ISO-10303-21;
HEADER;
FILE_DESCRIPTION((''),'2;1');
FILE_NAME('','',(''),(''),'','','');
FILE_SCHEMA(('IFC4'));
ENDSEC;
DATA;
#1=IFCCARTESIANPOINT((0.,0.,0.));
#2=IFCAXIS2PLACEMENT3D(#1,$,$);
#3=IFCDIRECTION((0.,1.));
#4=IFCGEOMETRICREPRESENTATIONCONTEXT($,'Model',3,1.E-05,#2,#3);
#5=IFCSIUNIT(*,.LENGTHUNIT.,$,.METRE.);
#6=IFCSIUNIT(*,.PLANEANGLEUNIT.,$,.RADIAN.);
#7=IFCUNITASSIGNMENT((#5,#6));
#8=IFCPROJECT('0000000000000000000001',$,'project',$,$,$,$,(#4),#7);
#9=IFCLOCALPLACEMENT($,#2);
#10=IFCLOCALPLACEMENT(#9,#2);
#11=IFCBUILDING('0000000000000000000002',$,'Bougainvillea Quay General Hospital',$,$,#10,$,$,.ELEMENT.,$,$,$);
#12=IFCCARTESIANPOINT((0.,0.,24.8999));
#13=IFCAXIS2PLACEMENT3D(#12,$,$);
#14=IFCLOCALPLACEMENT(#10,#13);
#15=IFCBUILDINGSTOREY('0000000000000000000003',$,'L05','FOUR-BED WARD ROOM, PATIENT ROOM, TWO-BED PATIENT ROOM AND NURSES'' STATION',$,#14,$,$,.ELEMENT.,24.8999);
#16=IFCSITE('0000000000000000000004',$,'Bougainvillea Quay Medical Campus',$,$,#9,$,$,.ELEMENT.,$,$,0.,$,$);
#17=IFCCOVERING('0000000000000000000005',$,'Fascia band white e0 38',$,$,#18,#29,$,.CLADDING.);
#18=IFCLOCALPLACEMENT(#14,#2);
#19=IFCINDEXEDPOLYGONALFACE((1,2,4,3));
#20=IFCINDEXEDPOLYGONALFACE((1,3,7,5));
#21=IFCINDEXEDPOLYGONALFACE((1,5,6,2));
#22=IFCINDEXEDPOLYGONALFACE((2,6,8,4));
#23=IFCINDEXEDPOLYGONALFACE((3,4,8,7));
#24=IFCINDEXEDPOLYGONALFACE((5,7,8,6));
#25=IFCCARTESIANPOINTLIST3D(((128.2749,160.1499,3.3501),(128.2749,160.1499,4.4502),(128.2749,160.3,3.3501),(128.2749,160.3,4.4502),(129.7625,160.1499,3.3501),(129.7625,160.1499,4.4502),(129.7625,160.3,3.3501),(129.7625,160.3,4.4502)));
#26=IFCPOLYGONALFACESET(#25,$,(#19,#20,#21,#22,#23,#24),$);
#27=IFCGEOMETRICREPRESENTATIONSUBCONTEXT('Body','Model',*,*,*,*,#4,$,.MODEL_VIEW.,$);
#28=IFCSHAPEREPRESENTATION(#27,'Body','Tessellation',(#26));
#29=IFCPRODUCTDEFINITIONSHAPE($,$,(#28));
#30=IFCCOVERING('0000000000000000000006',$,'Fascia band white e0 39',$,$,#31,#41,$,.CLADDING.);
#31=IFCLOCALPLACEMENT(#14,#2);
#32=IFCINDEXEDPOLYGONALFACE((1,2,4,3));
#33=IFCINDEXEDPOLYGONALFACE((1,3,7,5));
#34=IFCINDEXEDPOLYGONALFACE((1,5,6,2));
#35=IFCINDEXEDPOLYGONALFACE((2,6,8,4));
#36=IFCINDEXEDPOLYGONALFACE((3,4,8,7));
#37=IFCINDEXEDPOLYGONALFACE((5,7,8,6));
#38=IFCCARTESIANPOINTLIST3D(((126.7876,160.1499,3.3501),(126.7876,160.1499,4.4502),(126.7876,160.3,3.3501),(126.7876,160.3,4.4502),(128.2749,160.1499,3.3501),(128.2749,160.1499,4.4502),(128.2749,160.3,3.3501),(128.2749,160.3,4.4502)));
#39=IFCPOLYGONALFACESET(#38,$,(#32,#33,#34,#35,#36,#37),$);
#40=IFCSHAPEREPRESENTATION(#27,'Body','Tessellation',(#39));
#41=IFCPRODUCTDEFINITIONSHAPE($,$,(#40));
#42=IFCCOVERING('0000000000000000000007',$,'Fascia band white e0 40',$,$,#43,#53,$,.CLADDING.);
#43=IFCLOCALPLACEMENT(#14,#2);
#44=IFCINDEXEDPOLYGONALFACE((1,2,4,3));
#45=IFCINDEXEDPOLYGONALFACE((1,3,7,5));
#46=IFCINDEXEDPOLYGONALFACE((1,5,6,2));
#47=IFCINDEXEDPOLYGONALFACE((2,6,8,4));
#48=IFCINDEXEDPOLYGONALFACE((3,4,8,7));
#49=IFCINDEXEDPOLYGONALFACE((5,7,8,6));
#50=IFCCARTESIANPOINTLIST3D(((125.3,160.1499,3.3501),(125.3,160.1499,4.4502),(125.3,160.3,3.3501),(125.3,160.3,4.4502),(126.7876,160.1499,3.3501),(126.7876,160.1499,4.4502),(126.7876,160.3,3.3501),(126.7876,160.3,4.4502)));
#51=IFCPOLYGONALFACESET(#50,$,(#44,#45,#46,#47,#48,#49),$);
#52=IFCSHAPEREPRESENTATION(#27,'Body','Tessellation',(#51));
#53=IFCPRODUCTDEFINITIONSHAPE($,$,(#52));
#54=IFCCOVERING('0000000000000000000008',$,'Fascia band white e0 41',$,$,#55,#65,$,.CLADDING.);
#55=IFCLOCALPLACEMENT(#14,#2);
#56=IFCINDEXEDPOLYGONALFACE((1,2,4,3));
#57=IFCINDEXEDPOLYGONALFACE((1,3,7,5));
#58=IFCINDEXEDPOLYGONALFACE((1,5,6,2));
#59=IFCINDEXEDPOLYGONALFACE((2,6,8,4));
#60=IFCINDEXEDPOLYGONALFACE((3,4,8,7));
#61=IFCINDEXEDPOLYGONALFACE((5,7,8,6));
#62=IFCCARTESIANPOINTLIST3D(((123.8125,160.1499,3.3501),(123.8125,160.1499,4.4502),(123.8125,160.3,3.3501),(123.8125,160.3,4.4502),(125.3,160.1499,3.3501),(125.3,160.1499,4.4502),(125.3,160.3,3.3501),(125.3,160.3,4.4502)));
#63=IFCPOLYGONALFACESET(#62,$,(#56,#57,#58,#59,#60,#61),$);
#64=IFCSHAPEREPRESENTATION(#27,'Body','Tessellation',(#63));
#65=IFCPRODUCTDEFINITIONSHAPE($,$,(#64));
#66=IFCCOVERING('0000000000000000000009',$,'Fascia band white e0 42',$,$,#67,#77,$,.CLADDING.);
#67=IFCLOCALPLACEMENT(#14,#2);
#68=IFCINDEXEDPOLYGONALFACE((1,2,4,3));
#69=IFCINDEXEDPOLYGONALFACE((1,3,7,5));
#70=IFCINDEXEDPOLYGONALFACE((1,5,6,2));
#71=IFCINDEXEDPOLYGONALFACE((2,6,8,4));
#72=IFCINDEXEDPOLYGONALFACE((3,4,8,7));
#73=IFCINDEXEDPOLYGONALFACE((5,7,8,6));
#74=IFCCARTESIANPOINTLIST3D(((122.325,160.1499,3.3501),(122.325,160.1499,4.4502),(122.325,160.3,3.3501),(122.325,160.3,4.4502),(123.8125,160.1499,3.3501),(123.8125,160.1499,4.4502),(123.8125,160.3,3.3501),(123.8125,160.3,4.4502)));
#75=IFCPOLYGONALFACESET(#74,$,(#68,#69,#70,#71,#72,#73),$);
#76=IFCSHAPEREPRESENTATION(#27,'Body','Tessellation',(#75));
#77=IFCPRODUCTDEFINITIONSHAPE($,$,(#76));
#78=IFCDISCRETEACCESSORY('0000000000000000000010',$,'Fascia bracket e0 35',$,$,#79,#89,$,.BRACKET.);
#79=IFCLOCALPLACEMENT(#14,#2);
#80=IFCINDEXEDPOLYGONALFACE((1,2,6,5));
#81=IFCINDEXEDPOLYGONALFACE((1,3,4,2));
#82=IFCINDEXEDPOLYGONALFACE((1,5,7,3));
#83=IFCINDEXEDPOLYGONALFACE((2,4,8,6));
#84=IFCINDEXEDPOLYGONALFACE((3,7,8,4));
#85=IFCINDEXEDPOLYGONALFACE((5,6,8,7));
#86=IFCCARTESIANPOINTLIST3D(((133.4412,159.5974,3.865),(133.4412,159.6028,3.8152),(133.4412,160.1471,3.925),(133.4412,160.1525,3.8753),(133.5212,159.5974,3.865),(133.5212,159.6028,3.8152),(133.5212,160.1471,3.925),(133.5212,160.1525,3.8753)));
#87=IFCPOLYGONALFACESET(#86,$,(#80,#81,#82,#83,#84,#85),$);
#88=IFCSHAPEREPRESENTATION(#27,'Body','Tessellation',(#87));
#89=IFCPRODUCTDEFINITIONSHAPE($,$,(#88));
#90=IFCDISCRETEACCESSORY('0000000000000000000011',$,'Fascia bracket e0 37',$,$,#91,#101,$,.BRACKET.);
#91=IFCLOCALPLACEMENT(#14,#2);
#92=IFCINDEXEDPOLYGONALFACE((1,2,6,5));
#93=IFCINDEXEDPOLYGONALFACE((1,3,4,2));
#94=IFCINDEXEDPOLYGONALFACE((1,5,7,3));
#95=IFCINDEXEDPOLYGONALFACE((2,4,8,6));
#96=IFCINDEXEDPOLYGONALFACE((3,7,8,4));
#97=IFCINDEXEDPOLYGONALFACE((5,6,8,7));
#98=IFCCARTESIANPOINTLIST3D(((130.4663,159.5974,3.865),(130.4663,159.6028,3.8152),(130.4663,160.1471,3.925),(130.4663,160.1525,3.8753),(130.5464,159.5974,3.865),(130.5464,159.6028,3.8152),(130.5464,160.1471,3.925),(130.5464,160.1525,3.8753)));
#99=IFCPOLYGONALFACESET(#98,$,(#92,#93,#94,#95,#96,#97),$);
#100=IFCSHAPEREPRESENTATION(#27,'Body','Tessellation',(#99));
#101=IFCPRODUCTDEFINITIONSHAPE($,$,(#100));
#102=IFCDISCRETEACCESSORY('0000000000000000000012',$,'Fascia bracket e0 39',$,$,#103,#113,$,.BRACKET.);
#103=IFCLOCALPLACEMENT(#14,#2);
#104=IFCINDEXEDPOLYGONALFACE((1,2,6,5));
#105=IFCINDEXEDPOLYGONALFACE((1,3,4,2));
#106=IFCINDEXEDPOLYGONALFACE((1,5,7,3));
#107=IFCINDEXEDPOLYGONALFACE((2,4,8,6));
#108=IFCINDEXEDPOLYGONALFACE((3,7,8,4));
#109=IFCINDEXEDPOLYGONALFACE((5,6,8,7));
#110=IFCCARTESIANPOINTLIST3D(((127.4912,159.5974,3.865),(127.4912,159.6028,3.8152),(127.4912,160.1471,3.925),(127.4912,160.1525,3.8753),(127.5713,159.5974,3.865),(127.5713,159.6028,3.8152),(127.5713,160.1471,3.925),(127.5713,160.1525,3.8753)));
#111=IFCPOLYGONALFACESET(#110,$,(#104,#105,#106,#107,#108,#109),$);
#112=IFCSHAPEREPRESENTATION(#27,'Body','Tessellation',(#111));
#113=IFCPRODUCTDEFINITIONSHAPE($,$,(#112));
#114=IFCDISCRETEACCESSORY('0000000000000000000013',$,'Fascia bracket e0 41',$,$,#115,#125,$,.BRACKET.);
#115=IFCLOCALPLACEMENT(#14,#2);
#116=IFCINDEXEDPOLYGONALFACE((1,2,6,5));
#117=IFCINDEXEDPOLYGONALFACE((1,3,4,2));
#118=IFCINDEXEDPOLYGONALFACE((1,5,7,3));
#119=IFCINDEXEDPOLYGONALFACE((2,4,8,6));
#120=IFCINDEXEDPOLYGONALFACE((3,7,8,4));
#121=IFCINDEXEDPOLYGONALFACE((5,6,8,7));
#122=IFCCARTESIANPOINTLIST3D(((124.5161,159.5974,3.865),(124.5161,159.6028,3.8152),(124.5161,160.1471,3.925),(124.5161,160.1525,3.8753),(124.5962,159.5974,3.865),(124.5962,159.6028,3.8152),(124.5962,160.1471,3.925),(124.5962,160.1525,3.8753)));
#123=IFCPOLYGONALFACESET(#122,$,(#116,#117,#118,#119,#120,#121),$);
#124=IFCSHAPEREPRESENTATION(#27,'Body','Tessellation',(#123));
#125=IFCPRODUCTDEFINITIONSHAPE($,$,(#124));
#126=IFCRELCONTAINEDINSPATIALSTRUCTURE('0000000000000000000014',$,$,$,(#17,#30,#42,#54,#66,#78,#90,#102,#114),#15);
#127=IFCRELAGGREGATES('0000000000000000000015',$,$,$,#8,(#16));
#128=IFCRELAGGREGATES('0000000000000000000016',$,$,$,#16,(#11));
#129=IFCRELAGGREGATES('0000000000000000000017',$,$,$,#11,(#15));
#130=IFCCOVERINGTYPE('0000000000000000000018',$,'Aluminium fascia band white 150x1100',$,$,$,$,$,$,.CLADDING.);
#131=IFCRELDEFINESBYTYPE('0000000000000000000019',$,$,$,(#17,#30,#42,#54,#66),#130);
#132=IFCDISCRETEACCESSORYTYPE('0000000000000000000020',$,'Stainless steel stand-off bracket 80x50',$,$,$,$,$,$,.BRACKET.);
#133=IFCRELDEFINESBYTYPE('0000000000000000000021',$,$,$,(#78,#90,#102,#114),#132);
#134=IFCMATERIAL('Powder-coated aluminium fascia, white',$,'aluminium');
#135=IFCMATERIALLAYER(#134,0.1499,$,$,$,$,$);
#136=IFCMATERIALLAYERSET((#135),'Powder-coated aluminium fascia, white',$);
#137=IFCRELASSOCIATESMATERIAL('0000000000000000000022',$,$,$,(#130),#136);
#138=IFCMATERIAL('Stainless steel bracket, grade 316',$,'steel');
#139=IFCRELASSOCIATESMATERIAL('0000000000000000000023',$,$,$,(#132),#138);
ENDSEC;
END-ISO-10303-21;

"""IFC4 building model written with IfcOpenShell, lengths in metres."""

from ifc_helpers import new_model, si_unit, direction, frame, origin, origin_2d, place, context, subcontext, project, spatial, polyline, rectangle, outline, extrude, material, layer, layer_set, material_profile, profile_set, type_object, element, save


model = new_model("IFC4")

# Units and contexts
model_context = context("Model", 3, precision=1e-05, world=origin(), true_north=direction((0.0, 1.0)))
body_context = subcontext(model_context, "Body", "Model", "MODEL_VIEW")
ifc_project = project(units=[si_unit("LENGTHUNIT", "METRE"), si_unit("PLANEANGLEUNIT", "RADIAN")], contexts=[model_context])

# Site, building, storey
site_placement = place(None, origin())
site = spatial("IfcSite", under=ifc_project, at=site_placement, Name="Bougainvillea Quay Medical Campus", CompositionType="ELEMENT", RefElevation=0.0)
building_placement = place(site_placement, origin())
building = spatial("IfcBuilding", under=site, at=building_placement, Name="Bougainvillea Quay General Hospital", CompositionType="ELEMENT")
storey_placement = place(building_placement, frame((0.0, 0.0, 24.8999)))
storey = spatial("IfcBuildingStorey", under=building, at=storey_placement, Name="L05", Description="FOUR-BED WARD ROOM, PATIENT ROOM, TWO-BED PATIENT ROOM AND NURSES' STATION", CompositionType="ELEMENT", Elevation=24.8999)

# Coverings
ifc_material_1 = material(Name="Powder-coated aluminium fascia, white", Category="aluminium")
ifc_layer_1 = layer(ifc_material_1, 0.1499)
ifc_layer_set_1 = layer_set([ifc_layer_1], Name="Powder-coated aluminium fascia, white")
covering_type = type_object("IfcCoveringType", Name="Aluminium fascia band white 150x1100", PredefinedType="CLADDING", material=ifc_layer_set_1)
for number, where, z_axis, x_axis, name in (
    (1, (129.7625, 160.1499, 3.3501), (0.0, 0.0, 1.0), (-1.0, 0.0, 0.0), "Fascia band white e0 38"),
):
    element("IfcCovering", number, at=place(storey_placement, frame(where, z_axis=z_axis, x_axis=x_axis)), inside=storey, type_object=covering_type, Name=name, PredefinedType="CLADDING", context=body_context, shape_type="SweptSolid", body=[
        extrude(outline(polyline([(0.0, 0.0), (1.4875, 0.0), (1.4875, -0.1501), (0.0, -0.1501), (0.0, 0.0)])), origin(), (0.0, 0.0, 1.0), 1.1001),
    ])
covering_placement = place(storey_placement, frame((128.2749, 160.1499, 3.3501), z_axis=(0.0, 0.0, 1.0), x_axis=(-1.0, 0.0, 0.0)))
element("IfcCovering", 2, at=covering_placement, inside=storey, type_object=covering_type, Name="Fascia band white e0 39", PredefinedType="CLADDING", context=body_context, shape_type="SweptSolid", body=[
    extrude(outline(polyline([(0.0, 0.0), (1.4873, 0.0), (1.4873, -0.1501), (0.0, -0.1501), (0.0, 0.0)])), origin(), (0.0, 0.0, 1.0), 1.1001),
])
for number, where, z_axis, x_axis, name in (
    (3, (126.7876, 160.1499, 3.3501), (0.0, 0.0, 1.0), (-1.0, 0.0, 0.0), "Fascia band white e0 40"),
    (4, (125.3, 160.1499, 3.3501), (0.0, 0.0, 1.0), (-1.0, 0.0, 0.0), "Fascia band white e0 41"),
    (5, (123.8125, 160.1499, 3.3501), (0.0, 0.0, 1.0), (-1.0, 0.0, 0.0), "Fascia band white e0 42"),
):
    element("IfcCovering", number, at=place(storey_placement, frame(where, z_axis=z_axis, x_axis=x_axis)), inside=storey, type_object=covering_type, Name=name, PredefinedType="CLADDING", context=body_context, shape_type="SweptSolid", body=[
        extrude(outline(polyline([(0.0, 0.0), (1.4875, 0.0), (1.4875, -0.1501), (0.0, -0.1501), (0.0, 0.0)])), origin(), (0.0, 0.0, 1.0), 1.1001),
    ])

# Discrete accessories
ifc_material_2 = material(Name="Stainless steel bracket, grade 316", Category="steel")
ifc_material_profile_1 = material_profile(ifc_material_2, rectangle(XDim=0.0801, YDim=0.05, at=origin_2d()))
ifc_profile_set_1 = profile_set([ifc_material_profile_1], Name="Stainless steel bracket, grade 316")
discrete_accessory_type = type_object("IfcDiscreteAccessoryType", Name="Stainless steel stand-off bracket 80x50", PredefinedType="BRACKET", material=ifc_profile_set_1)
for number, where, z_axis, x_axis, name in (
    (6, (133.4812, 159.6001, 3.8401), (0.0, 0.994087, 0.10859), (-1.0, 0.0, 0.0), "Fascia bracket e0 35"),
    (7, (130.5063, 159.6001, 3.8401), (0.0, 0.994087, 0.10859), (-1.0, 0.0, 0.0), "Fascia bracket e0 37"),
    (8, (127.5312, 159.6001, 3.8401), (0.0, 0.994087, 0.10859), (-1.0, 0.0, 0.0), "Fascia bracket e0 39"),
    (9, (124.5562, 159.6001, 3.8401), (0.0, 0.994087, 0.10859), (-1.0, 0.0, 0.0), "Fascia bracket e0 41"),
):
    element("IfcDiscreteAccessory", number, at=place(storey_placement, frame(where, z_axis=z_axis, x_axis=x_axis)), inside=storey, type_object=discrete_accessory_type, Name=name, PredefinedType="BRACKET", context=body_context, shape_type="SweptSolid", body=[
        extrude(rectangle(XDim=0.0801, YDim=0.05, at=origin_2d()), origin(), (0.0, 0.0, 1.0), 0.553),
    ])

save(model, "model.ifc")
